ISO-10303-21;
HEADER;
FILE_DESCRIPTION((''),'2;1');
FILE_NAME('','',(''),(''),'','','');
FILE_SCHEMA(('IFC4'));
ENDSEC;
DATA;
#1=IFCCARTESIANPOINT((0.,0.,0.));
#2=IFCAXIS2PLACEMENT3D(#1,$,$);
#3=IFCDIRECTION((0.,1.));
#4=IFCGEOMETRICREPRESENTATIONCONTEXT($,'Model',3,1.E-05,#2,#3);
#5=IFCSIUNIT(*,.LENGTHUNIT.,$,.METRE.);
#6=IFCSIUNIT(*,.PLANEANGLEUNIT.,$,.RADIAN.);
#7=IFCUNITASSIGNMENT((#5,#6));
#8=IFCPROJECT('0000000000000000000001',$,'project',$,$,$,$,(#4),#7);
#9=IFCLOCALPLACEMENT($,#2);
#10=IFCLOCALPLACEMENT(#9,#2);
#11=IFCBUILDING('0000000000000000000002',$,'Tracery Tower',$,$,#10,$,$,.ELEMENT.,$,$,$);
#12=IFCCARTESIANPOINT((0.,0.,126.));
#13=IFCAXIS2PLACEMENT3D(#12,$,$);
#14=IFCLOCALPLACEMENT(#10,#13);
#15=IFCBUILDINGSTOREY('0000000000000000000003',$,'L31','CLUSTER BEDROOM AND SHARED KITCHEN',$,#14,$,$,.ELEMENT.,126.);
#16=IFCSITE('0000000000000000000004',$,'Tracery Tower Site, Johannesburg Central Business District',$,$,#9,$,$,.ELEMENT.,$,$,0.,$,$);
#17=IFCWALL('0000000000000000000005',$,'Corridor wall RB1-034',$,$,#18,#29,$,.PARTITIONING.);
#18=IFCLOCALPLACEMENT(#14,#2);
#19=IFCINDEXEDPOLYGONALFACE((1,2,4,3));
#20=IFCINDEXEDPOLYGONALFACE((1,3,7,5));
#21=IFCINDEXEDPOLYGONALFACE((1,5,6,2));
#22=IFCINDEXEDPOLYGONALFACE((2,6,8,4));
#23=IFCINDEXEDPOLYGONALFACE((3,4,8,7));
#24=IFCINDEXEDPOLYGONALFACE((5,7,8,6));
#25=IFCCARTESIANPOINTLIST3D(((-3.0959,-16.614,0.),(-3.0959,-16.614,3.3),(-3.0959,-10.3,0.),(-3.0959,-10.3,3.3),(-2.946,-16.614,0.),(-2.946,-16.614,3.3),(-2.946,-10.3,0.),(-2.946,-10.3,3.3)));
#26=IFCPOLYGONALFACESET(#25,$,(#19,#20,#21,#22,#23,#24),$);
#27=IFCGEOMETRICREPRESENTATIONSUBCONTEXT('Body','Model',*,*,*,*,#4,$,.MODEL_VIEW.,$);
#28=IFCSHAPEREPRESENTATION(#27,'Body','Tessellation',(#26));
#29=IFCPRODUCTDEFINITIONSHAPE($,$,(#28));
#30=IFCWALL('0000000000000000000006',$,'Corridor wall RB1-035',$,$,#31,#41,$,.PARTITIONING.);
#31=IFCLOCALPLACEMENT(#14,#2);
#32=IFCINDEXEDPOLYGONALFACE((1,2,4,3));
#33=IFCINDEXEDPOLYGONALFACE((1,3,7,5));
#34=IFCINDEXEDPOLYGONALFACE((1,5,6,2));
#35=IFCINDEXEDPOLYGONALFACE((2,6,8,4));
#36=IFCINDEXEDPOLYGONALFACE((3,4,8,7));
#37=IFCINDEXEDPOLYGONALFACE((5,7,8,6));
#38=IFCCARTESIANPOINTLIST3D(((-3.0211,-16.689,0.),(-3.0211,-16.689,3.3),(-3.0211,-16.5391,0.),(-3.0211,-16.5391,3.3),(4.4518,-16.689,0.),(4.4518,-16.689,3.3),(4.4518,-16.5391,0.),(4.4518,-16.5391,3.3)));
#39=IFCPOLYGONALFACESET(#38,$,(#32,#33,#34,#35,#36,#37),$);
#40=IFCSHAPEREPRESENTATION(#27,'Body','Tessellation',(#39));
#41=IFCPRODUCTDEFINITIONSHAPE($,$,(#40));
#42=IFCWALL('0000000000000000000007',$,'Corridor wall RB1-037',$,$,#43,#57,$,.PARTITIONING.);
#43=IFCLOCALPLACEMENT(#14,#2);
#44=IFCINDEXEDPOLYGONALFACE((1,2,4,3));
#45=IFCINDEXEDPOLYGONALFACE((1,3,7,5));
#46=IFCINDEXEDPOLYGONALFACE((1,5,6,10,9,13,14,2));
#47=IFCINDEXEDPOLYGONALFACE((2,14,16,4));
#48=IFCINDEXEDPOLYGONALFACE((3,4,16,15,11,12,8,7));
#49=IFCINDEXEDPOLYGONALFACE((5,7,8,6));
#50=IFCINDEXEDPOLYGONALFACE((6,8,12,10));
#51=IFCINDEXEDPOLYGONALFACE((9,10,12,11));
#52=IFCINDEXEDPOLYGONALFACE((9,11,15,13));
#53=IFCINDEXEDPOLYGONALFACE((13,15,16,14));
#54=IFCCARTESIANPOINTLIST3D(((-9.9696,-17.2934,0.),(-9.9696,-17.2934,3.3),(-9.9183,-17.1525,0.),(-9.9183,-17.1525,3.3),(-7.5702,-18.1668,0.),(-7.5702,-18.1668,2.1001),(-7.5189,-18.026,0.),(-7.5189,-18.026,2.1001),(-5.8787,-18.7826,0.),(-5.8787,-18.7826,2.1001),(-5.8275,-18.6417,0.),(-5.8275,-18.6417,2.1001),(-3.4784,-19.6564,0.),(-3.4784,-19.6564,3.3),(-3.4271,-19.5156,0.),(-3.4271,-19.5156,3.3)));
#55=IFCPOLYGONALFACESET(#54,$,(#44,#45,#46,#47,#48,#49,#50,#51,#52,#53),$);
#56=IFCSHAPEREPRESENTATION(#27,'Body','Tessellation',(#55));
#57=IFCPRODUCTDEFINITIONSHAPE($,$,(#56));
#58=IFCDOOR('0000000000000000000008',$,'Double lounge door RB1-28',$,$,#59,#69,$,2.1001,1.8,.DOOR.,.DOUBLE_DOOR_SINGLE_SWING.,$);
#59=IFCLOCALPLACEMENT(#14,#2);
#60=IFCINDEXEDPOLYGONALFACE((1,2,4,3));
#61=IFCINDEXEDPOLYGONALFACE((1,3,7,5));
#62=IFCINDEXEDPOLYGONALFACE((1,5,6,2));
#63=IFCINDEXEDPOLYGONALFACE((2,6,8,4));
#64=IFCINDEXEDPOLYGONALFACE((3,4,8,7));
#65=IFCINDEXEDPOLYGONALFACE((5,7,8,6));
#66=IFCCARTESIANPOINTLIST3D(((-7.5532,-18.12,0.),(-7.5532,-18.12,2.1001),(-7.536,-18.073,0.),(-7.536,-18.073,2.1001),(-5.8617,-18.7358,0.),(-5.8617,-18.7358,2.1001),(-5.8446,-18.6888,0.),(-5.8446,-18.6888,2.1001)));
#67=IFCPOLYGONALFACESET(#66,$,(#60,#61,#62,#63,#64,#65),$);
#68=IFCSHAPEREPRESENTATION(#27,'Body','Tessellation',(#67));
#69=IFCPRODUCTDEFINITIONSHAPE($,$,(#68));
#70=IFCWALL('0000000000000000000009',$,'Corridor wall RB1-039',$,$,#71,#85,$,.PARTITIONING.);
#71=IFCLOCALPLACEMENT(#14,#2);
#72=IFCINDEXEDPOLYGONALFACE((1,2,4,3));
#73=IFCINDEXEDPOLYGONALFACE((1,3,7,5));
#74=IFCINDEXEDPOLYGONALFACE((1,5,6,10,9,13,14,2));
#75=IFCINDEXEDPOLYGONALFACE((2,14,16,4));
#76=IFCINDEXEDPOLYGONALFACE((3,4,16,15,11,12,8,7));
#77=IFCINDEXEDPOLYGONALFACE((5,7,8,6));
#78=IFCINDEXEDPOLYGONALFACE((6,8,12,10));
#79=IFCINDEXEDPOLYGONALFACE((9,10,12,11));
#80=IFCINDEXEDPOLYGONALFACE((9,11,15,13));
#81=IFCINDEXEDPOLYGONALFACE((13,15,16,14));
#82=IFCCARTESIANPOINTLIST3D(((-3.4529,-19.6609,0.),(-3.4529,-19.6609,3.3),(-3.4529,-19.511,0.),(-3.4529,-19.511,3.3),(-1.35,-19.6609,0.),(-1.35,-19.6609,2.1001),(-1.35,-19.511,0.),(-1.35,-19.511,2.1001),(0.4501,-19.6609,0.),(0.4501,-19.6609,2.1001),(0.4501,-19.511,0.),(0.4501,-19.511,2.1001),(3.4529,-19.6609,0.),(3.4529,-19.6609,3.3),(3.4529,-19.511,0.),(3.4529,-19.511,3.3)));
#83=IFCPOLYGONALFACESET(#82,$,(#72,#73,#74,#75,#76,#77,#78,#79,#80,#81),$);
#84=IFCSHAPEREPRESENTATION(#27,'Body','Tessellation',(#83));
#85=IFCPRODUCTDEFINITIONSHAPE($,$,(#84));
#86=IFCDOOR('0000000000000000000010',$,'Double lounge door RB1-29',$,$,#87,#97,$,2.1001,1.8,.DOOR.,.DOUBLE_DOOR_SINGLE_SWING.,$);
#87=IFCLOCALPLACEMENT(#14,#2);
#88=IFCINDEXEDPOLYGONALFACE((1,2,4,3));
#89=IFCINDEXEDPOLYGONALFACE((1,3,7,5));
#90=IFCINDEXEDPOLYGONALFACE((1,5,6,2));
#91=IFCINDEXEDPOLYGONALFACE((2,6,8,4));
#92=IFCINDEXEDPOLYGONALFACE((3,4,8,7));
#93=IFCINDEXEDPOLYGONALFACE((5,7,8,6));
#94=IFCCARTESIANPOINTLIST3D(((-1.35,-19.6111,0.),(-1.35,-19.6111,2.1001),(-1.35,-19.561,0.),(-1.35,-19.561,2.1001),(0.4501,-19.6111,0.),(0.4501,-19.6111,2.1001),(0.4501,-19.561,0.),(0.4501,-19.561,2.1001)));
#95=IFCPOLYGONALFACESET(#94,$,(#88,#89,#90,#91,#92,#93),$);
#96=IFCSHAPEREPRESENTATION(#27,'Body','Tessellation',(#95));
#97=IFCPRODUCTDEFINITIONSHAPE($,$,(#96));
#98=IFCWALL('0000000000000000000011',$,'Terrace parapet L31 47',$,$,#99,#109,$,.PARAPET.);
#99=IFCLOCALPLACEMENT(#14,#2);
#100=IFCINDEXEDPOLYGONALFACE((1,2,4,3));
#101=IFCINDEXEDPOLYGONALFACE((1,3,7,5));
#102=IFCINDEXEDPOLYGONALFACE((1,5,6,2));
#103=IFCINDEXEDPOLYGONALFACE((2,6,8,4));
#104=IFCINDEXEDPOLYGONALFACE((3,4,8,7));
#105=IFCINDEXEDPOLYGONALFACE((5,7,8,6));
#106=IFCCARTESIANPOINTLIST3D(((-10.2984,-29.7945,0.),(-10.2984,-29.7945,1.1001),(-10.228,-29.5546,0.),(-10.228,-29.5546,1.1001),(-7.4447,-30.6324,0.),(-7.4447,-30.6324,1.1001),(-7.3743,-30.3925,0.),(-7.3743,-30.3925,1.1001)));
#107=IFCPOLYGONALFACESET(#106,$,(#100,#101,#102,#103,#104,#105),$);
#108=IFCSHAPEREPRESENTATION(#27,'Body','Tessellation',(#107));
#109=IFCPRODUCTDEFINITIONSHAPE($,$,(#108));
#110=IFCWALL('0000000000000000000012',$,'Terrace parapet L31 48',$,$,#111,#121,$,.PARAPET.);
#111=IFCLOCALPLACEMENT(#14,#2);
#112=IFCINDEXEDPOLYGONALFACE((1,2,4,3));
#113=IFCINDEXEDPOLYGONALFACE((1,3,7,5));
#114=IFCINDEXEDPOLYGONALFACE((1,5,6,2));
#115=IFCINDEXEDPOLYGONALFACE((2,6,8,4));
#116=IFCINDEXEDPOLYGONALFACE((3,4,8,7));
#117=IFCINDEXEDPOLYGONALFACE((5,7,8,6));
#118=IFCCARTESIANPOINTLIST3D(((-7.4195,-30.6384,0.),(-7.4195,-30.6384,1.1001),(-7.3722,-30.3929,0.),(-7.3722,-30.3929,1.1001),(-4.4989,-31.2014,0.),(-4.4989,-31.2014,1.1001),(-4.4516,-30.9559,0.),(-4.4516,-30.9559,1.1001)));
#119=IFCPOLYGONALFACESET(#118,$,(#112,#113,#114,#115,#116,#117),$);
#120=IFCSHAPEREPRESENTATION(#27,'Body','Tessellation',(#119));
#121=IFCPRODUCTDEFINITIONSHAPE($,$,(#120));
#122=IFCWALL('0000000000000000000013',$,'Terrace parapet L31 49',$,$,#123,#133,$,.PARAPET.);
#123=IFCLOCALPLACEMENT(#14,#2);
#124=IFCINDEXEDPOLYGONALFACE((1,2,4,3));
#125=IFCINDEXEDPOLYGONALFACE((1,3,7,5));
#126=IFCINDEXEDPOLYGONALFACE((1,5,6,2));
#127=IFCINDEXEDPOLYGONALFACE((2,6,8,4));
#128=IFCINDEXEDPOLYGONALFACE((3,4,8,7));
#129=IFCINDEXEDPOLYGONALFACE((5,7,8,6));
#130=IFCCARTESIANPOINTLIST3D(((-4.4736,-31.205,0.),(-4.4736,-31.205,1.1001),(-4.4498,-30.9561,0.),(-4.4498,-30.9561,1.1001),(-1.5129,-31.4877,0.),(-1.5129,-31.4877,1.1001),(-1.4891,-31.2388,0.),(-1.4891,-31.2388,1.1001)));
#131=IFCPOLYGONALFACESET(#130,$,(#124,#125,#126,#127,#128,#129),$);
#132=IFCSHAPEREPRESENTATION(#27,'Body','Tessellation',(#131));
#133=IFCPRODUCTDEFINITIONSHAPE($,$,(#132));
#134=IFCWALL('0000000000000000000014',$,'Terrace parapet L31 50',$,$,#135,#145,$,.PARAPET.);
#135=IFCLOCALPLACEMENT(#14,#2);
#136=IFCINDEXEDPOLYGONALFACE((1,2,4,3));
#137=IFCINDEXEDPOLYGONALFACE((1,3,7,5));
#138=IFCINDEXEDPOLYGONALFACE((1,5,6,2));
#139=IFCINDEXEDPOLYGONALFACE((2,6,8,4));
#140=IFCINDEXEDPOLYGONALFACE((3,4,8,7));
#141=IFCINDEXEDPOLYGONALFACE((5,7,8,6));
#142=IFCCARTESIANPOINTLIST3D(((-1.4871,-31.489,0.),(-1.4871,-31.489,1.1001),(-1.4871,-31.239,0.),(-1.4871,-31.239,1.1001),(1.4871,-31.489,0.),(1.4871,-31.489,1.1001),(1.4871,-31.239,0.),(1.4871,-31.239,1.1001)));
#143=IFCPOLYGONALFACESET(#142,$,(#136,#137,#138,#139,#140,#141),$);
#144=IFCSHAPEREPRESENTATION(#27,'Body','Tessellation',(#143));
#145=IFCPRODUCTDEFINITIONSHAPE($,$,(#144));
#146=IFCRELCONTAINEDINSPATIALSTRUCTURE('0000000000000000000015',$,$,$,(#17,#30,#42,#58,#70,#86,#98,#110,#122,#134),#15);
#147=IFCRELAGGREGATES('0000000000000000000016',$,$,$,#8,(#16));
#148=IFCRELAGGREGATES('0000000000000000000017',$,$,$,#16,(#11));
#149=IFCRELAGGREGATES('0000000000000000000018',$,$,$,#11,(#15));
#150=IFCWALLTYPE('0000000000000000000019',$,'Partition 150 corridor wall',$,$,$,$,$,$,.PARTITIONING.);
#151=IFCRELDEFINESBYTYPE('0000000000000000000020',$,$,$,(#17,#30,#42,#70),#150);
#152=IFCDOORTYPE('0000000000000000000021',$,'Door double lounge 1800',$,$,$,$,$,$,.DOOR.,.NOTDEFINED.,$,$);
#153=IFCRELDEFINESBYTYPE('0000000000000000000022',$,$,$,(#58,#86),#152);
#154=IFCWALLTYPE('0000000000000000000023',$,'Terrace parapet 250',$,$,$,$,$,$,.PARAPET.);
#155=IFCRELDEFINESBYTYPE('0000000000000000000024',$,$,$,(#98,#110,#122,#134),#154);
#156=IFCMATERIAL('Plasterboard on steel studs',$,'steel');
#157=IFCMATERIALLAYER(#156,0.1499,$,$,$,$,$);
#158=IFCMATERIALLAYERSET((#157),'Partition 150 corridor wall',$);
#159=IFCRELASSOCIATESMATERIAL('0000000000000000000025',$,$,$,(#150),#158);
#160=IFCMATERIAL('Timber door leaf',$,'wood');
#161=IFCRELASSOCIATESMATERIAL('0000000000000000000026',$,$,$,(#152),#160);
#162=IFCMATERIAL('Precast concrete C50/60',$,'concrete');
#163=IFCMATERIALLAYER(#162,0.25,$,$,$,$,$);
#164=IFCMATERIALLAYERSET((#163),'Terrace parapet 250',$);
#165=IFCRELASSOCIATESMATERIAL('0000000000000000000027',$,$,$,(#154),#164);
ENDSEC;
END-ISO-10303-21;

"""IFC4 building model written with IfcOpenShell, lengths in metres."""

from ifc_helpers import new_model, si_unit, direction, frame, frame_2d, origin, place, context, subcontext, project, spatial, rectangle, extrude, material, layer, layer_set, type_object, element, fill, save


model = new_model("IFC4")

# Units and contexts
model_context = context("Model", 3, precision=1e-05, world=origin(), true_north=direction((0.0, 1.0)))
body_context = subcontext(model_context, "Body", "Model", "MODEL_VIEW")
ifc_project = project(units=[si_unit("LENGTHUNIT", "METRE"), si_unit("PLANEANGLEUNIT", "RADIAN")], contexts=[model_context])

# Site, building, storey
site_placement = place(None, origin())
site = spatial("IfcSite", under=ifc_project, at=site_placement, Name="Tracery Tower Site, Johannesburg Central Business District", CompositionType="ELEMENT", RefElevation=0.0)
building_placement = place(site_placement, origin())
building = spatial("IfcBuilding", under=site, at=building_placement, Name="Tracery Tower", CompositionType="ELEMENT")
storey_placement = place(building_placement, frame((0.0, 0.0, 126.0)))
storey = spatial("IfcBuildingStorey", under=building, at=storey_placement, Name="L31", Description="CLUSTER BEDROOM AND SHARED KITCHEN", CompositionType="ELEMENT", Elevation=126.0)

# Shared definitions
ifc_material_1 = material(Name="Plasterboard on steel studs", Category="steel")
ifc_layer_1 = layer(ifc_material_1, 0.1499)
ifc_layer_set_1 = layer_set([ifc_layer_1], Name="Partition 150 corridor wall")
wall_type_1 = type_object("IfcWallType", Name="Partition 150 corridor wall", PredefinedType="PARTITIONING", material=ifc_layer_set_1)

# Walls
wall_1_placement = place(storey_placement, frame((-3.021, -16.614, 0.0), z_axis=(0.0, 0.0, 1.0), x_axis=(0.0, 1.0, 0.0)))
element("IfcWall", 1, at=wall_1_placement, inside=storey, type_object=wall_type_1, Name="Corridor wall RB1-034", PredefinedType="PARTITIONING", context=body_context, shape_type="SweptSolid", body=[
    extrude(rectangle(XDim=6.314, YDim=0.1499, at=frame_2d((3.157, 0.0))), origin(), (0.0, 0.0, 1.0), 3.3),
])
wall_2_placement = place(storey_placement, frame((-3.021, -16.614, 0.0), z_axis=(0.0, 0.0, 1.0), x_axis=(1.0, 0.0, 0.0)))
element("IfcWall", 2, at=wall_2_placement, inside=storey, type_object=wall_type_1, Name="Corridor wall RB1-035", PredefinedType="PARTITIONING", context=body_context, shape_type="SweptSolid", body=[
    extrude(rectangle(XDim=7.4729, YDim=0.1499, at=frame_2d((3.7363, 0.0))), origin(), (0.0, 0.0, 1.0), 3.3),
])

# Walls, openings, doors
wall_3_placement = place(storey_placement, frame((-9.9441, -17.2229, 0.0), z_axis=(0.0, 0.0, 1.0), x_axis=(0.939673, -0.342075, 0.0)))
wall_3 = element("IfcWall", 3, at=wall_3_placement, inside=storey, type_object=wall_type_1, Name="Corridor wall RB1-037", PredefinedType="PARTITIONING", context=body_context, shape_type="SweptSolid", body=[
    extrude(rectangle(XDim=6.908, YDim=0.1499, at=frame_2d((3.4541, 0.0))), origin(), (0.0, 0.0, 1.0), 3.3),
])
opening_1_placement = place(wall_3_placement, frame((2.5537, 0.0, 0.0)))
opening_1 = element("IfcOpeningElement", 4, at=opening_1_placement, cuts=wall_3, PredefinedType="OPENING", context=body_context, shape_type="SweptSolid", body=[
    extrude(rectangle(XDim=1.8, YDim=2.1001, at=frame_2d((0.8999, 1.05))), frame((0.0, 0.075, 0.0), z_axis=(0.0, -1.0, 0.0), x_axis=(1.0, 0.0, 0.0)), (0.0, 0.0, 1.0), 0.1499),
])
ifc_material_2 = material(Name="Timber door leaf", Category="wood")
door_type_1 = type_object("IfcDoorType", Name="Door double lounge 1800", OperationType="NOTDEFINED", PredefinedType="DOOR", material=ifc_material_2)
door_1_placement = place(opening_1_placement, origin())
door_1 = element("IfcDoor", 5, at=door_1_placement, inside=storey, type_object=door_type_1, Name="Double lounge door RB1-28", OperationType="DOUBLE_DOOR_SINGLE_SWING", OverallHeight=2.1001, OverallWidth=1.8, PredefinedType="DOOR", context=body_context, shape_type="SweptSolid", body=[
    extrude(rectangle(XDim=1.8, YDim=2.1001, at=frame_2d((0.8999, 1.05))), frame((0.0, 0.0249, 0.0), z_axis=(0.0, -1.0, 0.0), x_axis=(1.0, 0.0, 0.0)), (0.0, 0.0, 1.0), 0.05),
])
fill(opening_1, door_1)
wall_4_placement = place(storey_placement, frame((-3.4529, -19.5859, 0.0), z_axis=(0.0, 0.0, 1.0), x_axis=(1.0, 0.0, 0.0)))
wall_4 = element("IfcWall", 6, at=wall_4_placement, inside=storey, type_object=wall_type_1, Name="Corridor wall RB1-039", PredefinedType="PARTITIONING", context=body_context, shape_type="SweptSolid", body=[
    extrude(rectangle(XDim=6.9058, YDim=0.1499, at=frame_2d((3.4529, 0.0))), origin(), (0.0, 0.0, 1.0), 3.3),
])
opening_2_placement = place(wall_4_placement, frame((2.103, 0.0, 0.0)))
opening_2 = element("IfcOpeningElement", 7, at=opening_2_placement, cuts=wall_4, PredefinedType="OPENING", context=body_context, shape_type="SweptSolid", body=[
    extrude(rectangle(XDim=1.8, YDim=2.1001, at=frame_2d((0.8999, 1.05))), frame((0.0, 0.075, 0.0), z_axis=(0.0, -1.0, 0.0), x_axis=(1.0, 0.0, 0.0)), (0.0, 0.0, 1.0), 0.1499),
])
door_2_placement = place(opening_2_placement, origin())
door_2 = element("IfcDoor", 8, at=door_2_placement, inside=storey, type_object=door_type_1, Name="Double lounge door RB1-29", OperationType="DOUBLE_DOOR_SINGLE_SWING", OverallHeight=2.1001, OverallWidth=1.8, PredefinedType="DOOR", context=body_context, shape_type="SweptSolid", body=[
    extrude(rectangle(XDim=1.8, YDim=2.1001, at=frame_2d((0.8999, 1.05))), frame((0.0, 0.0249, 0.0), z_axis=(0.0, -1.0, 0.0), x_axis=(1.0, 0.0, 0.0)), (0.0, 0.0, 1.0), 0.05),
])
fill(opening_2, door_2)

# Walls
ifc_material_3 = material(Name="Precast concrete C50/60", Category="concrete")
ifc_layer_2 = layer(ifc_material_3, 0.25)
ifc_layer_set_2 = layer_set([ifc_layer_2], Name="Terrace parapet 250")
wall_type_2 = type_object("IfcWallType", Name="Terrace parapet 250", PredefinedType="PARAPET", material=ifc_layer_set_2)
wall_5_placement = place(storey_placement, frame((-10.2632, -29.6746, 0.0), z_axis=(0.0, 0.0, 1.0), x_axis=(0.959497, -0.281717, 0.0)))
element("IfcWall", 9, at=wall_5_placement, inside=storey, type_object=wall_type_2, Name="Terrace parapet L31 47", PredefinedType="PARAPET", context=body_context, shape_type="SweptSolid", body=[
    extrude(rectangle(XDim=2.9741, YDim=0.25, at=frame_2d((1.4871, 0.0))), origin(), (0.0, 0.0, 1.0), 1.1001),
])
wall_6_placement = place(storey_placement, frame((-7.396, -30.5156, 0.0), z_axis=(0.0, 0.0, 1.0), x_axis=(0.981924, -0.189277, 0.0)))
element("IfcWall", 10, at=wall_6_placement, inside=storey, type_object=wall_type_2, Name="Terrace parapet L31 48", PredefinedType="PARAPET", context=body_context, shape_type="SweptSolid", body=[
    extrude(rectangle(XDim=2.9744, YDim=0.25, at=frame_2d((1.4873, 0.0))), origin(), (0.0, 0.0, 1.0), 1.1001),
])
for number, where, z_axis, x_axis, name in (
    (11, (-4.4617, -31.0806, 0.0), (0.0, 0.0, 1.0), (0.995472, -0.095057, 0.0), "Terrace parapet L31 49"),
    (12, (-1.4871, -31.364, 0.0), (0.0, 0.0, 1.0), (1.0, 0.0, 0.0), "Terrace parapet L31 50"),
):
    element("IfcWall", number, at=place(storey_placement, frame(where, z_axis=z_axis, x_axis=x_axis)), inside=storey, type_object=wall_type_2, Name=name, PredefinedType="PARAPET", context=body_context, shape_type="SweptSolid", body=[
        extrude(rectangle(XDim=2.9741, YDim=0.25, at=frame_2d((1.4871, 0.0))), origin(), (0.0, 0.0, 1.0), 1.1001),
    ])

save(model, "model.ifc")
